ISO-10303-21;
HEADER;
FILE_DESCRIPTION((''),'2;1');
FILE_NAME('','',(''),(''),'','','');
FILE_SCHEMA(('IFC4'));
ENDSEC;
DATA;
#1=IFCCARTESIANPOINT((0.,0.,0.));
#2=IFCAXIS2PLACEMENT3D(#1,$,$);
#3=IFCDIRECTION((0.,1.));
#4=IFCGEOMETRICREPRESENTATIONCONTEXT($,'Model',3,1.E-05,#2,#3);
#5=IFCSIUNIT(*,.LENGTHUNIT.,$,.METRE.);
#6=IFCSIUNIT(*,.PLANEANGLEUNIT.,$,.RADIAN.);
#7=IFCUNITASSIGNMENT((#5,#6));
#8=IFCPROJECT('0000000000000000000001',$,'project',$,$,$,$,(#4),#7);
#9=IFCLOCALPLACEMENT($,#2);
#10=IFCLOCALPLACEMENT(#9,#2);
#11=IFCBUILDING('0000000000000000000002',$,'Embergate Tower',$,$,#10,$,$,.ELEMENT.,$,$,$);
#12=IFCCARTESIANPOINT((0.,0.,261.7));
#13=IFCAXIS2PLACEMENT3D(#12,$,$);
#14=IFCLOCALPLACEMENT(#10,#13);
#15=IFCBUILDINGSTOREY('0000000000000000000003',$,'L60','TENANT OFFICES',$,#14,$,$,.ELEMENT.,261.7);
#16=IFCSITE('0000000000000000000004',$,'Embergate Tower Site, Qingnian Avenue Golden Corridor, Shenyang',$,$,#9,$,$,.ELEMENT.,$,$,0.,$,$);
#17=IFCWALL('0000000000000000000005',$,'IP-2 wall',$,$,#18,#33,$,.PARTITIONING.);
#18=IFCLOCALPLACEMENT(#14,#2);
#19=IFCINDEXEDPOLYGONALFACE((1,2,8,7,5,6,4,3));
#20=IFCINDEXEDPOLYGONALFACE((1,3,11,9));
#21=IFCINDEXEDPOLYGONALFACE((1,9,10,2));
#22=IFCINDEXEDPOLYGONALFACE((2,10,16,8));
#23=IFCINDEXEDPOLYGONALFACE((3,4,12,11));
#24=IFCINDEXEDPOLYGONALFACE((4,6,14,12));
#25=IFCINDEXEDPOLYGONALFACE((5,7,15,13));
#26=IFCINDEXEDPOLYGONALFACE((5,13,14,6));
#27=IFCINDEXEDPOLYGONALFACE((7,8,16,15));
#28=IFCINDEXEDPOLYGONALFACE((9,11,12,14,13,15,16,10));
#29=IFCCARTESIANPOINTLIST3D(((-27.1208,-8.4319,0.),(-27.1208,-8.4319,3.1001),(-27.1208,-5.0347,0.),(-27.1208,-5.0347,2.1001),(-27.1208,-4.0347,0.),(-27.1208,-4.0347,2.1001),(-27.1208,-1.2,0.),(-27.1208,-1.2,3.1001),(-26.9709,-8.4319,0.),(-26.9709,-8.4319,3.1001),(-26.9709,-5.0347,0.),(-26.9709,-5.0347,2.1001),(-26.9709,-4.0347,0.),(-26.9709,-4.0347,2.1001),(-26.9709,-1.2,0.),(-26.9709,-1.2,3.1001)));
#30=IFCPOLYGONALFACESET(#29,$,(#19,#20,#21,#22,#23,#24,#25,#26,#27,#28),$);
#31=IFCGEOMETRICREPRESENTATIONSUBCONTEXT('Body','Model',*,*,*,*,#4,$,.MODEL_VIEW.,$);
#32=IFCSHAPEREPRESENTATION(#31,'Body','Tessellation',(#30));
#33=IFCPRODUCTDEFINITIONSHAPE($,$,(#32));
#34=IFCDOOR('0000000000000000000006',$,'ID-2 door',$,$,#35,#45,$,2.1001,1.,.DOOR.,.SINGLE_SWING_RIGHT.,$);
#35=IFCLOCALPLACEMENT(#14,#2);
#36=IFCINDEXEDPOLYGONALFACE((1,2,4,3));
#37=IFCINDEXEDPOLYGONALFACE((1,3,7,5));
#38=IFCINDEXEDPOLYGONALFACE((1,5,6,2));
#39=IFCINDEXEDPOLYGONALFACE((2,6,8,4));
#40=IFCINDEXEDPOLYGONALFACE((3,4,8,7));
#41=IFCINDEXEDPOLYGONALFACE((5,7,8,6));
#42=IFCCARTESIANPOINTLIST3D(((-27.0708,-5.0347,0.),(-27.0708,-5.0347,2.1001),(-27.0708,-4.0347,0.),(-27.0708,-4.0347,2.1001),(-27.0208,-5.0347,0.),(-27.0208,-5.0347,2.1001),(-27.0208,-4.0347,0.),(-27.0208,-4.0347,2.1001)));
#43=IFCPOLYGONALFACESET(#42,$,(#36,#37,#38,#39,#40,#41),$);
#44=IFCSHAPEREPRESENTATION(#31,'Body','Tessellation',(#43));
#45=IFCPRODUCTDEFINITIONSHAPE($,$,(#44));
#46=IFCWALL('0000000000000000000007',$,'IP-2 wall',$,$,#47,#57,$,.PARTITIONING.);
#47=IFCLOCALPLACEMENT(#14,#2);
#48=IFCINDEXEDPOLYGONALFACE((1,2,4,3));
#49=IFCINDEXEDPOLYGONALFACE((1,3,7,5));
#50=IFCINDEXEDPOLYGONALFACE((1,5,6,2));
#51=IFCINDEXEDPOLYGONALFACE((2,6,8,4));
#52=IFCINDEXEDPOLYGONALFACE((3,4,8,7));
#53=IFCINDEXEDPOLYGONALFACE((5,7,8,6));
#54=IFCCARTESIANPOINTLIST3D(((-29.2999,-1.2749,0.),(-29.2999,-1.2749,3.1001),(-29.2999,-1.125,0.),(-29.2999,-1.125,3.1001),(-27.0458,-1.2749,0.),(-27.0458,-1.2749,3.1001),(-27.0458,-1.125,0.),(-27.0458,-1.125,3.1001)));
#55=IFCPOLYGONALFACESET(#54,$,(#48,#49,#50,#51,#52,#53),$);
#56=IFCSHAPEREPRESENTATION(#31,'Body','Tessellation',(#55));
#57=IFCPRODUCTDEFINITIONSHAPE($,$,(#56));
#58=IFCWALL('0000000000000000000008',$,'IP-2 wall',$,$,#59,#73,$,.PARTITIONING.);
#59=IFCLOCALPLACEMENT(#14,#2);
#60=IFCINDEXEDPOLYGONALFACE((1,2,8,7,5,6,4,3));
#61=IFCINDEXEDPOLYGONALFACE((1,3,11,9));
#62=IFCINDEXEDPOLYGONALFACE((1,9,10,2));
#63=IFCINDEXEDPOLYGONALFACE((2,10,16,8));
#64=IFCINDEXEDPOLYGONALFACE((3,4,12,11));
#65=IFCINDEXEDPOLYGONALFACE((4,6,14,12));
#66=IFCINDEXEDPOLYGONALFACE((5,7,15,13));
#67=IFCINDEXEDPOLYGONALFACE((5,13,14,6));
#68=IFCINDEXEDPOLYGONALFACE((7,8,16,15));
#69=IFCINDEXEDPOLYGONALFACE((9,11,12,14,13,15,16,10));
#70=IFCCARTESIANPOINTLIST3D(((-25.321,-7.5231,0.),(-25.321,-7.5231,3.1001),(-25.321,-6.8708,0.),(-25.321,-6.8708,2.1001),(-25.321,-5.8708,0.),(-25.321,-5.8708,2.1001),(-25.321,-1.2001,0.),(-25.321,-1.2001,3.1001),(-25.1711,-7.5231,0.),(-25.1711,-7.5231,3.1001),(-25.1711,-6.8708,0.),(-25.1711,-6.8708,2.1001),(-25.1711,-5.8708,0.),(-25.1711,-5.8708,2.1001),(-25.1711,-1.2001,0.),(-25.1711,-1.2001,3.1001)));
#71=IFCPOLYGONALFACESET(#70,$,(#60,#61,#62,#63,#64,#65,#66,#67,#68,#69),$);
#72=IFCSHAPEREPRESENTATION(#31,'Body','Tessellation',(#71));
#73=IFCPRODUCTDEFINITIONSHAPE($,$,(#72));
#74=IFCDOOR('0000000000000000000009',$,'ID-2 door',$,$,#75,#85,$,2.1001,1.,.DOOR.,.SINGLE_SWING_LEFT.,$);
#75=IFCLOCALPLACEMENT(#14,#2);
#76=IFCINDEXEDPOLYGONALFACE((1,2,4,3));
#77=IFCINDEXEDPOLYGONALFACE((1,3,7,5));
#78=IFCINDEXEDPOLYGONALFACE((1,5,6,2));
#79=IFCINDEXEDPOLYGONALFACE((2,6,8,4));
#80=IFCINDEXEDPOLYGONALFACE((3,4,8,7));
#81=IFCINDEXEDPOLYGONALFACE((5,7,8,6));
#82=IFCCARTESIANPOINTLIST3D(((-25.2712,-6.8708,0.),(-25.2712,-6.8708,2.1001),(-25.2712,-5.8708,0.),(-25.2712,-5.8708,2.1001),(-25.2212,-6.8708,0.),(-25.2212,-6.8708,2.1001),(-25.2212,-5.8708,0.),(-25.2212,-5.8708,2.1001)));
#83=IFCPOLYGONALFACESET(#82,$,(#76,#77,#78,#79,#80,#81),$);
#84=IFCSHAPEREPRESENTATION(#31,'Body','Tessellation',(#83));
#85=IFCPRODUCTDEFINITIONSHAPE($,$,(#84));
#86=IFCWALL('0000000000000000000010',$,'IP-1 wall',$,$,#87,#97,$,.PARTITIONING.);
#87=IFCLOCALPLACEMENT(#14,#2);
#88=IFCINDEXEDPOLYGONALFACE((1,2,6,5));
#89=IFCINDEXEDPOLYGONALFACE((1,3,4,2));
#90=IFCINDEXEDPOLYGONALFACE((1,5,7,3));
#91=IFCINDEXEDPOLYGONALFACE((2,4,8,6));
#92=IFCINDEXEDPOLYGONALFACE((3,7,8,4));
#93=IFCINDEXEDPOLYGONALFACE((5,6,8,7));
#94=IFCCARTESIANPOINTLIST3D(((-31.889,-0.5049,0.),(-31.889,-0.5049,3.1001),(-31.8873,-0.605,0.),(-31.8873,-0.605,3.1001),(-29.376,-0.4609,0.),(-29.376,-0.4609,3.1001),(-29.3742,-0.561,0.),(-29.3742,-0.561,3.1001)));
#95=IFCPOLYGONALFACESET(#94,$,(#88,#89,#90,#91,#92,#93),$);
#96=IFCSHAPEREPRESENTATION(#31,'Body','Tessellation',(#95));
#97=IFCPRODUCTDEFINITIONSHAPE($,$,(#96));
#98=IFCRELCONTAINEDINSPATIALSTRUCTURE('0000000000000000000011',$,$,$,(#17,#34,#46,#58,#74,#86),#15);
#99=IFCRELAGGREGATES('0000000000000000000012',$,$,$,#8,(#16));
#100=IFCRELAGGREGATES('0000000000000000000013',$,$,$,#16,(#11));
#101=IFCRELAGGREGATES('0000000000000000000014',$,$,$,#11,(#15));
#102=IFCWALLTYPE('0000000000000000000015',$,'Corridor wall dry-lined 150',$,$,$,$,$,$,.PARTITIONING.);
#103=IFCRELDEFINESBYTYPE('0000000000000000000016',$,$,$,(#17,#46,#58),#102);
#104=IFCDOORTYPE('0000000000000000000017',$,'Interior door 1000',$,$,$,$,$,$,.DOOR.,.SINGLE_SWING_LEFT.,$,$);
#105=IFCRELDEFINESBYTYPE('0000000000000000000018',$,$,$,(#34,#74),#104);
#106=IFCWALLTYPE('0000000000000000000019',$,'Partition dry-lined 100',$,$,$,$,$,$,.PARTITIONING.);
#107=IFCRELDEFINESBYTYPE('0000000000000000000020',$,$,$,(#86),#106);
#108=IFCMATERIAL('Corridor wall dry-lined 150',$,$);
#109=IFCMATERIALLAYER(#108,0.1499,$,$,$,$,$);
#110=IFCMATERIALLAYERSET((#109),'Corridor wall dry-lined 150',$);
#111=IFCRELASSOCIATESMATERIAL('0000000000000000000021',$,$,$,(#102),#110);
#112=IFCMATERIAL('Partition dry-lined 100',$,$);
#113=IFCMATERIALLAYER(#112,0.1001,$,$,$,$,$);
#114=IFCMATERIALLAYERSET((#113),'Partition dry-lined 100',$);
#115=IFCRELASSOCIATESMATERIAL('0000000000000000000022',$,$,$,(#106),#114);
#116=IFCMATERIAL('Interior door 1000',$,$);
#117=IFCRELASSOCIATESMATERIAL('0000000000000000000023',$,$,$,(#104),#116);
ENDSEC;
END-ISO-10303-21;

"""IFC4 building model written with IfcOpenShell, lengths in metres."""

from ifc_helpers import new_model, si_unit, direction, frame, frame_2d, origin, place, context, subcontext, project, spatial, rectangle, extrude, source, transform, mapped, material, layer, layer_set, type_object, element, fill, save


model = new_model("IFC4")

# Units and contexts
model_context = context("Model", 3, precision=1e-05, world=origin(), true_north=direction((0.0, 1.0)))
body_context = subcontext(model_context, "Body", "Model", "MODEL_VIEW")
ifc_project = project(units=[si_unit("LENGTHUNIT", "METRE"), si_unit("PLANEANGLEUNIT", "RADIAN")], contexts=[model_context])

# Site, building, storey
site_placement = place(None, origin())
site = spatial("IfcSite", under=ifc_project, at=site_placement, Name="Embergate Tower Site, Qingnian Avenue Golden Corridor, Shenyang", CompositionType="ELEMENT", RefElevation=0.0)
building_placement = place(site_placement, origin())
building = spatial("IfcBuilding", under=site, at=building_placement, Name="Embergate Tower", CompositionType="ELEMENT")
storey_placement = place(building_placement, frame((0.0, 0.0, 261.7)))
storey = spatial("IfcBuildingStorey", under=building, at=storey_placement, Name="L60", Description="TENANT OFFICES", CompositionType="ELEMENT", Elevation=261.7)

# Shared definitions
ifc_material_1 = material(Name="Corridor wall dry-lined 150")
ifc_layer_1 = layer(ifc_material_1, 0.1499)
ifc_layer_set_1 = layer_set([ifc_layer_1], Name="Corridor wall dry-lined 150")
wall_type_1 = type_object("IfcWallType", Name="Corridor wall dry-lined 150", PredefinedType="PARTITIONING", material=ifc_layer_set_1)
ifc_material_2 = material(Name="Partition dry-lined 100")
ifc_layer_2 = layer(ifc_material_2, 0.1001)
ifc_layer_set_2 = layer_set([ifc_layer_2], Name="Partition dry-lined 100")
wall_type_2 = type_object("IfcWallType", Name="Partition dry-lined 100", PredefinedType="PARTITIONING", material=ifc_layer_set_2)

# Shared definitions
shared_shape_1 = source(origin(), body_context, "Body", "SweptSolid", [
    extrude(rectangle(XDim=1.0, YDim=2.1001, at=frame_2d((0.5, 1.05))), frame((0.0, 0.085, 0.0), z_axis=(0.0, -1.0, 0.0), x_axis=(1.0, 0.0, 0.0)), (0.0, 0.0, 1.0), 0.1699),
])
ifc_material_3 = material(Name="Interior door 1000")
door_type_1 = type_object("IfcDoorType", Name="Interior door 1000", OperationType="SINGLE_SWING_LEFT", PredefinedType="DOOR", material=ifc_material_3)
shared_shape_2 = source(origin(), body_context, "Body", "SweptSolid", [
    extrude(rectangle(XDim=1.0, YDim=2.1001, at=frame_2d((0.5, 1.05))), frame((0.0, 0.0249, 0.0), z_axis=(0.0, -1.0, 0.0), x_axis=(1.0, 0.0, 0.0)), (0.0, 0.0, 1.0), 0.05),
])

# Wall, opening, door
shared_shape_3 = source(origin(), body_context, "Body", "SweptSolid", [
    extrude(rectangle(XDim=7.2319, YDim=0.1499, at=frame_2d((3.616, 0.0))), origin(), (0.0, 0.0, 1.0), 3.1001),
])
wall_1_placement = place(storey_placement, frame((-27.0459, -8.4319, 0.0), z_axis=(0.0, 0.0, 1.0), x_axis=(0.0, 1.0, 0.0)))
wall_1 = element("IfcWall", 1, at=wall_1_placement, inside=storey, type_object=wall_type_1, Name="IP-2 wall", PredefinedType="PARTITIONING", context=body_context, shape_type="MappedRepresentation", body=[
    mapped(shared_shape_3, transform((0.0, 0.0, 0.0))),
])
opening_1_placement = place(wall_1_placement, frame((3.3972, 0.0, 0.0)))
opening_1 = element("IfcOpeningElement", 2, at=opening_1_placement, cuts=wall_1, PredefinedType="OPENING", context=body_context, shape_type="MappedRepresentation", body=[
    mapped(shared_shape_1, transform((0.0, 0.0, 0.0))),
])
door_1_placement = place(opening_1_placement, origin())
door_1 = element("IfcDoor", 3, at=door_1_placement, inside=storey, type_object=door_type_1, Name="ID-2 door", OperationType="SINGLE_SWING_RIGHT", OverallHeight=2.1001, OverallWidth=1.0, PredefinedType="DOOR", context=body_context, shape_type="MappedRepresentation", body=[
    mapped(shared_shape_2, transform((0.0, 0.0, 0.0))),
])
fill(opening_1, door_1)

# Wall
shared_shape_4 = source(origin(), body_context, "Body", "SweptSolid", [
    extrude(rectangle(XDim=2.2542, YDim=0.1499, at=frame_2d((1.127, 0.0))), origin(), (0.0, 0.0, 1.0), 3.1001),
])
wall_2_placement = place(storey_placement, frame((-27.0459, -1.2, 0.0), z_axis=(0.0, 0.0, 1.0), x_axis=(-1.0, 0.0, 0.0)))
element("IfcWall", 4, at=wall_2_placement, inside=storey, type_object=wall_type_1, Name="IP-2 wall", PredefinedType="PARTITIONING", context=body_context, shape_type="MappedRepresentation", body=[
    mapped(shared_shape_4, transform((0.0, 0.0, 0.0))),
])

# Wall, opening, door
shared_shape_5 = source(origin(), body_context, "Body", "SweptSolid", [
    extrude(rectangle(XDim=6.323, YDim=0.1499, at=frame_2d((3.1616, 0.0))), origin(), (0.0, 0.0, 1.0), 3.1001),
])
wall_3_placement = place(storey_placement, frame((-25.2461, -1.2, 0.0), z_axis=(0.0, 0.0, 1.0), x_axis=(0.0, -1.0, 0.0)))
wall_3 = element("IfcWall", 5, at=wall_3_placement, inside=storey, type_object=wall_type_1, Name="IP-2 wall", PredefinedType="PARTITIONING", context=body_context, shape_type="MappedRepresentation", body=[
    mapped(shared_shape_5, transform((0.0, 0.0, 0.0))),
])
opening_2_placement = place(wall_3_placement, frame((4.6709, 0.0, 0.0)))
opening_2 = element("IfcOpeningElement", 6, at=opening_2_placement, cuts=wall_3, PredefinedType="OPENING", context=body_context, shape_type="MappedRepresentation", body=[
    mapped(shared_shape_1, transform((0.0, 0.0, 0.0))),
])
door_2_placement = place(opening_2_placement, origin())
door_2 = element("IfcDoor", 7, at=door_2_placement, inside=storey, type_object=door_type_1, Name="ID-2 door", OperationType="SINGLE_SWING_LEFT", OverallHeight=2.1001, OverallWidth=1.0, PredefinedType="DOOR", context=body_context, shape_type="MappedRepresentation", body=[
    mapped(shared_shape_2, transform((0.0, 0.0, 0.0))),
])
fill(opening_2, door_2)

# Wall
shared_shape_6 = source(origin(), body_context, "Body", "SweptSolid", [
    extrude(rectangle(XDim=2.5134, YDim=0.1001, at=frame_2d((1.2568, 0.0))), origin(), (0.0, 0.0, 1.0), 3.1001),
])
wall_4_placement = place(storey_placement, frame((-29.375, -0.511, 0.0), z_axis=(0.0, 0.0, 1.0), x_axis=(-0.999847, -0.017485, 0.0)))
element("IfcWall", 8, at=wall_4_placement, inside=storey, type_object=wall_type_2, Name="IP-1 wall", PredefinedType="PARTITIONING", context=body_context, shape_type="MappedRepresentation", body=[
    mapped(shared_shape_6, transform((0.0, 0.0, 0.0))),
])

save(model, "model.ifc")
